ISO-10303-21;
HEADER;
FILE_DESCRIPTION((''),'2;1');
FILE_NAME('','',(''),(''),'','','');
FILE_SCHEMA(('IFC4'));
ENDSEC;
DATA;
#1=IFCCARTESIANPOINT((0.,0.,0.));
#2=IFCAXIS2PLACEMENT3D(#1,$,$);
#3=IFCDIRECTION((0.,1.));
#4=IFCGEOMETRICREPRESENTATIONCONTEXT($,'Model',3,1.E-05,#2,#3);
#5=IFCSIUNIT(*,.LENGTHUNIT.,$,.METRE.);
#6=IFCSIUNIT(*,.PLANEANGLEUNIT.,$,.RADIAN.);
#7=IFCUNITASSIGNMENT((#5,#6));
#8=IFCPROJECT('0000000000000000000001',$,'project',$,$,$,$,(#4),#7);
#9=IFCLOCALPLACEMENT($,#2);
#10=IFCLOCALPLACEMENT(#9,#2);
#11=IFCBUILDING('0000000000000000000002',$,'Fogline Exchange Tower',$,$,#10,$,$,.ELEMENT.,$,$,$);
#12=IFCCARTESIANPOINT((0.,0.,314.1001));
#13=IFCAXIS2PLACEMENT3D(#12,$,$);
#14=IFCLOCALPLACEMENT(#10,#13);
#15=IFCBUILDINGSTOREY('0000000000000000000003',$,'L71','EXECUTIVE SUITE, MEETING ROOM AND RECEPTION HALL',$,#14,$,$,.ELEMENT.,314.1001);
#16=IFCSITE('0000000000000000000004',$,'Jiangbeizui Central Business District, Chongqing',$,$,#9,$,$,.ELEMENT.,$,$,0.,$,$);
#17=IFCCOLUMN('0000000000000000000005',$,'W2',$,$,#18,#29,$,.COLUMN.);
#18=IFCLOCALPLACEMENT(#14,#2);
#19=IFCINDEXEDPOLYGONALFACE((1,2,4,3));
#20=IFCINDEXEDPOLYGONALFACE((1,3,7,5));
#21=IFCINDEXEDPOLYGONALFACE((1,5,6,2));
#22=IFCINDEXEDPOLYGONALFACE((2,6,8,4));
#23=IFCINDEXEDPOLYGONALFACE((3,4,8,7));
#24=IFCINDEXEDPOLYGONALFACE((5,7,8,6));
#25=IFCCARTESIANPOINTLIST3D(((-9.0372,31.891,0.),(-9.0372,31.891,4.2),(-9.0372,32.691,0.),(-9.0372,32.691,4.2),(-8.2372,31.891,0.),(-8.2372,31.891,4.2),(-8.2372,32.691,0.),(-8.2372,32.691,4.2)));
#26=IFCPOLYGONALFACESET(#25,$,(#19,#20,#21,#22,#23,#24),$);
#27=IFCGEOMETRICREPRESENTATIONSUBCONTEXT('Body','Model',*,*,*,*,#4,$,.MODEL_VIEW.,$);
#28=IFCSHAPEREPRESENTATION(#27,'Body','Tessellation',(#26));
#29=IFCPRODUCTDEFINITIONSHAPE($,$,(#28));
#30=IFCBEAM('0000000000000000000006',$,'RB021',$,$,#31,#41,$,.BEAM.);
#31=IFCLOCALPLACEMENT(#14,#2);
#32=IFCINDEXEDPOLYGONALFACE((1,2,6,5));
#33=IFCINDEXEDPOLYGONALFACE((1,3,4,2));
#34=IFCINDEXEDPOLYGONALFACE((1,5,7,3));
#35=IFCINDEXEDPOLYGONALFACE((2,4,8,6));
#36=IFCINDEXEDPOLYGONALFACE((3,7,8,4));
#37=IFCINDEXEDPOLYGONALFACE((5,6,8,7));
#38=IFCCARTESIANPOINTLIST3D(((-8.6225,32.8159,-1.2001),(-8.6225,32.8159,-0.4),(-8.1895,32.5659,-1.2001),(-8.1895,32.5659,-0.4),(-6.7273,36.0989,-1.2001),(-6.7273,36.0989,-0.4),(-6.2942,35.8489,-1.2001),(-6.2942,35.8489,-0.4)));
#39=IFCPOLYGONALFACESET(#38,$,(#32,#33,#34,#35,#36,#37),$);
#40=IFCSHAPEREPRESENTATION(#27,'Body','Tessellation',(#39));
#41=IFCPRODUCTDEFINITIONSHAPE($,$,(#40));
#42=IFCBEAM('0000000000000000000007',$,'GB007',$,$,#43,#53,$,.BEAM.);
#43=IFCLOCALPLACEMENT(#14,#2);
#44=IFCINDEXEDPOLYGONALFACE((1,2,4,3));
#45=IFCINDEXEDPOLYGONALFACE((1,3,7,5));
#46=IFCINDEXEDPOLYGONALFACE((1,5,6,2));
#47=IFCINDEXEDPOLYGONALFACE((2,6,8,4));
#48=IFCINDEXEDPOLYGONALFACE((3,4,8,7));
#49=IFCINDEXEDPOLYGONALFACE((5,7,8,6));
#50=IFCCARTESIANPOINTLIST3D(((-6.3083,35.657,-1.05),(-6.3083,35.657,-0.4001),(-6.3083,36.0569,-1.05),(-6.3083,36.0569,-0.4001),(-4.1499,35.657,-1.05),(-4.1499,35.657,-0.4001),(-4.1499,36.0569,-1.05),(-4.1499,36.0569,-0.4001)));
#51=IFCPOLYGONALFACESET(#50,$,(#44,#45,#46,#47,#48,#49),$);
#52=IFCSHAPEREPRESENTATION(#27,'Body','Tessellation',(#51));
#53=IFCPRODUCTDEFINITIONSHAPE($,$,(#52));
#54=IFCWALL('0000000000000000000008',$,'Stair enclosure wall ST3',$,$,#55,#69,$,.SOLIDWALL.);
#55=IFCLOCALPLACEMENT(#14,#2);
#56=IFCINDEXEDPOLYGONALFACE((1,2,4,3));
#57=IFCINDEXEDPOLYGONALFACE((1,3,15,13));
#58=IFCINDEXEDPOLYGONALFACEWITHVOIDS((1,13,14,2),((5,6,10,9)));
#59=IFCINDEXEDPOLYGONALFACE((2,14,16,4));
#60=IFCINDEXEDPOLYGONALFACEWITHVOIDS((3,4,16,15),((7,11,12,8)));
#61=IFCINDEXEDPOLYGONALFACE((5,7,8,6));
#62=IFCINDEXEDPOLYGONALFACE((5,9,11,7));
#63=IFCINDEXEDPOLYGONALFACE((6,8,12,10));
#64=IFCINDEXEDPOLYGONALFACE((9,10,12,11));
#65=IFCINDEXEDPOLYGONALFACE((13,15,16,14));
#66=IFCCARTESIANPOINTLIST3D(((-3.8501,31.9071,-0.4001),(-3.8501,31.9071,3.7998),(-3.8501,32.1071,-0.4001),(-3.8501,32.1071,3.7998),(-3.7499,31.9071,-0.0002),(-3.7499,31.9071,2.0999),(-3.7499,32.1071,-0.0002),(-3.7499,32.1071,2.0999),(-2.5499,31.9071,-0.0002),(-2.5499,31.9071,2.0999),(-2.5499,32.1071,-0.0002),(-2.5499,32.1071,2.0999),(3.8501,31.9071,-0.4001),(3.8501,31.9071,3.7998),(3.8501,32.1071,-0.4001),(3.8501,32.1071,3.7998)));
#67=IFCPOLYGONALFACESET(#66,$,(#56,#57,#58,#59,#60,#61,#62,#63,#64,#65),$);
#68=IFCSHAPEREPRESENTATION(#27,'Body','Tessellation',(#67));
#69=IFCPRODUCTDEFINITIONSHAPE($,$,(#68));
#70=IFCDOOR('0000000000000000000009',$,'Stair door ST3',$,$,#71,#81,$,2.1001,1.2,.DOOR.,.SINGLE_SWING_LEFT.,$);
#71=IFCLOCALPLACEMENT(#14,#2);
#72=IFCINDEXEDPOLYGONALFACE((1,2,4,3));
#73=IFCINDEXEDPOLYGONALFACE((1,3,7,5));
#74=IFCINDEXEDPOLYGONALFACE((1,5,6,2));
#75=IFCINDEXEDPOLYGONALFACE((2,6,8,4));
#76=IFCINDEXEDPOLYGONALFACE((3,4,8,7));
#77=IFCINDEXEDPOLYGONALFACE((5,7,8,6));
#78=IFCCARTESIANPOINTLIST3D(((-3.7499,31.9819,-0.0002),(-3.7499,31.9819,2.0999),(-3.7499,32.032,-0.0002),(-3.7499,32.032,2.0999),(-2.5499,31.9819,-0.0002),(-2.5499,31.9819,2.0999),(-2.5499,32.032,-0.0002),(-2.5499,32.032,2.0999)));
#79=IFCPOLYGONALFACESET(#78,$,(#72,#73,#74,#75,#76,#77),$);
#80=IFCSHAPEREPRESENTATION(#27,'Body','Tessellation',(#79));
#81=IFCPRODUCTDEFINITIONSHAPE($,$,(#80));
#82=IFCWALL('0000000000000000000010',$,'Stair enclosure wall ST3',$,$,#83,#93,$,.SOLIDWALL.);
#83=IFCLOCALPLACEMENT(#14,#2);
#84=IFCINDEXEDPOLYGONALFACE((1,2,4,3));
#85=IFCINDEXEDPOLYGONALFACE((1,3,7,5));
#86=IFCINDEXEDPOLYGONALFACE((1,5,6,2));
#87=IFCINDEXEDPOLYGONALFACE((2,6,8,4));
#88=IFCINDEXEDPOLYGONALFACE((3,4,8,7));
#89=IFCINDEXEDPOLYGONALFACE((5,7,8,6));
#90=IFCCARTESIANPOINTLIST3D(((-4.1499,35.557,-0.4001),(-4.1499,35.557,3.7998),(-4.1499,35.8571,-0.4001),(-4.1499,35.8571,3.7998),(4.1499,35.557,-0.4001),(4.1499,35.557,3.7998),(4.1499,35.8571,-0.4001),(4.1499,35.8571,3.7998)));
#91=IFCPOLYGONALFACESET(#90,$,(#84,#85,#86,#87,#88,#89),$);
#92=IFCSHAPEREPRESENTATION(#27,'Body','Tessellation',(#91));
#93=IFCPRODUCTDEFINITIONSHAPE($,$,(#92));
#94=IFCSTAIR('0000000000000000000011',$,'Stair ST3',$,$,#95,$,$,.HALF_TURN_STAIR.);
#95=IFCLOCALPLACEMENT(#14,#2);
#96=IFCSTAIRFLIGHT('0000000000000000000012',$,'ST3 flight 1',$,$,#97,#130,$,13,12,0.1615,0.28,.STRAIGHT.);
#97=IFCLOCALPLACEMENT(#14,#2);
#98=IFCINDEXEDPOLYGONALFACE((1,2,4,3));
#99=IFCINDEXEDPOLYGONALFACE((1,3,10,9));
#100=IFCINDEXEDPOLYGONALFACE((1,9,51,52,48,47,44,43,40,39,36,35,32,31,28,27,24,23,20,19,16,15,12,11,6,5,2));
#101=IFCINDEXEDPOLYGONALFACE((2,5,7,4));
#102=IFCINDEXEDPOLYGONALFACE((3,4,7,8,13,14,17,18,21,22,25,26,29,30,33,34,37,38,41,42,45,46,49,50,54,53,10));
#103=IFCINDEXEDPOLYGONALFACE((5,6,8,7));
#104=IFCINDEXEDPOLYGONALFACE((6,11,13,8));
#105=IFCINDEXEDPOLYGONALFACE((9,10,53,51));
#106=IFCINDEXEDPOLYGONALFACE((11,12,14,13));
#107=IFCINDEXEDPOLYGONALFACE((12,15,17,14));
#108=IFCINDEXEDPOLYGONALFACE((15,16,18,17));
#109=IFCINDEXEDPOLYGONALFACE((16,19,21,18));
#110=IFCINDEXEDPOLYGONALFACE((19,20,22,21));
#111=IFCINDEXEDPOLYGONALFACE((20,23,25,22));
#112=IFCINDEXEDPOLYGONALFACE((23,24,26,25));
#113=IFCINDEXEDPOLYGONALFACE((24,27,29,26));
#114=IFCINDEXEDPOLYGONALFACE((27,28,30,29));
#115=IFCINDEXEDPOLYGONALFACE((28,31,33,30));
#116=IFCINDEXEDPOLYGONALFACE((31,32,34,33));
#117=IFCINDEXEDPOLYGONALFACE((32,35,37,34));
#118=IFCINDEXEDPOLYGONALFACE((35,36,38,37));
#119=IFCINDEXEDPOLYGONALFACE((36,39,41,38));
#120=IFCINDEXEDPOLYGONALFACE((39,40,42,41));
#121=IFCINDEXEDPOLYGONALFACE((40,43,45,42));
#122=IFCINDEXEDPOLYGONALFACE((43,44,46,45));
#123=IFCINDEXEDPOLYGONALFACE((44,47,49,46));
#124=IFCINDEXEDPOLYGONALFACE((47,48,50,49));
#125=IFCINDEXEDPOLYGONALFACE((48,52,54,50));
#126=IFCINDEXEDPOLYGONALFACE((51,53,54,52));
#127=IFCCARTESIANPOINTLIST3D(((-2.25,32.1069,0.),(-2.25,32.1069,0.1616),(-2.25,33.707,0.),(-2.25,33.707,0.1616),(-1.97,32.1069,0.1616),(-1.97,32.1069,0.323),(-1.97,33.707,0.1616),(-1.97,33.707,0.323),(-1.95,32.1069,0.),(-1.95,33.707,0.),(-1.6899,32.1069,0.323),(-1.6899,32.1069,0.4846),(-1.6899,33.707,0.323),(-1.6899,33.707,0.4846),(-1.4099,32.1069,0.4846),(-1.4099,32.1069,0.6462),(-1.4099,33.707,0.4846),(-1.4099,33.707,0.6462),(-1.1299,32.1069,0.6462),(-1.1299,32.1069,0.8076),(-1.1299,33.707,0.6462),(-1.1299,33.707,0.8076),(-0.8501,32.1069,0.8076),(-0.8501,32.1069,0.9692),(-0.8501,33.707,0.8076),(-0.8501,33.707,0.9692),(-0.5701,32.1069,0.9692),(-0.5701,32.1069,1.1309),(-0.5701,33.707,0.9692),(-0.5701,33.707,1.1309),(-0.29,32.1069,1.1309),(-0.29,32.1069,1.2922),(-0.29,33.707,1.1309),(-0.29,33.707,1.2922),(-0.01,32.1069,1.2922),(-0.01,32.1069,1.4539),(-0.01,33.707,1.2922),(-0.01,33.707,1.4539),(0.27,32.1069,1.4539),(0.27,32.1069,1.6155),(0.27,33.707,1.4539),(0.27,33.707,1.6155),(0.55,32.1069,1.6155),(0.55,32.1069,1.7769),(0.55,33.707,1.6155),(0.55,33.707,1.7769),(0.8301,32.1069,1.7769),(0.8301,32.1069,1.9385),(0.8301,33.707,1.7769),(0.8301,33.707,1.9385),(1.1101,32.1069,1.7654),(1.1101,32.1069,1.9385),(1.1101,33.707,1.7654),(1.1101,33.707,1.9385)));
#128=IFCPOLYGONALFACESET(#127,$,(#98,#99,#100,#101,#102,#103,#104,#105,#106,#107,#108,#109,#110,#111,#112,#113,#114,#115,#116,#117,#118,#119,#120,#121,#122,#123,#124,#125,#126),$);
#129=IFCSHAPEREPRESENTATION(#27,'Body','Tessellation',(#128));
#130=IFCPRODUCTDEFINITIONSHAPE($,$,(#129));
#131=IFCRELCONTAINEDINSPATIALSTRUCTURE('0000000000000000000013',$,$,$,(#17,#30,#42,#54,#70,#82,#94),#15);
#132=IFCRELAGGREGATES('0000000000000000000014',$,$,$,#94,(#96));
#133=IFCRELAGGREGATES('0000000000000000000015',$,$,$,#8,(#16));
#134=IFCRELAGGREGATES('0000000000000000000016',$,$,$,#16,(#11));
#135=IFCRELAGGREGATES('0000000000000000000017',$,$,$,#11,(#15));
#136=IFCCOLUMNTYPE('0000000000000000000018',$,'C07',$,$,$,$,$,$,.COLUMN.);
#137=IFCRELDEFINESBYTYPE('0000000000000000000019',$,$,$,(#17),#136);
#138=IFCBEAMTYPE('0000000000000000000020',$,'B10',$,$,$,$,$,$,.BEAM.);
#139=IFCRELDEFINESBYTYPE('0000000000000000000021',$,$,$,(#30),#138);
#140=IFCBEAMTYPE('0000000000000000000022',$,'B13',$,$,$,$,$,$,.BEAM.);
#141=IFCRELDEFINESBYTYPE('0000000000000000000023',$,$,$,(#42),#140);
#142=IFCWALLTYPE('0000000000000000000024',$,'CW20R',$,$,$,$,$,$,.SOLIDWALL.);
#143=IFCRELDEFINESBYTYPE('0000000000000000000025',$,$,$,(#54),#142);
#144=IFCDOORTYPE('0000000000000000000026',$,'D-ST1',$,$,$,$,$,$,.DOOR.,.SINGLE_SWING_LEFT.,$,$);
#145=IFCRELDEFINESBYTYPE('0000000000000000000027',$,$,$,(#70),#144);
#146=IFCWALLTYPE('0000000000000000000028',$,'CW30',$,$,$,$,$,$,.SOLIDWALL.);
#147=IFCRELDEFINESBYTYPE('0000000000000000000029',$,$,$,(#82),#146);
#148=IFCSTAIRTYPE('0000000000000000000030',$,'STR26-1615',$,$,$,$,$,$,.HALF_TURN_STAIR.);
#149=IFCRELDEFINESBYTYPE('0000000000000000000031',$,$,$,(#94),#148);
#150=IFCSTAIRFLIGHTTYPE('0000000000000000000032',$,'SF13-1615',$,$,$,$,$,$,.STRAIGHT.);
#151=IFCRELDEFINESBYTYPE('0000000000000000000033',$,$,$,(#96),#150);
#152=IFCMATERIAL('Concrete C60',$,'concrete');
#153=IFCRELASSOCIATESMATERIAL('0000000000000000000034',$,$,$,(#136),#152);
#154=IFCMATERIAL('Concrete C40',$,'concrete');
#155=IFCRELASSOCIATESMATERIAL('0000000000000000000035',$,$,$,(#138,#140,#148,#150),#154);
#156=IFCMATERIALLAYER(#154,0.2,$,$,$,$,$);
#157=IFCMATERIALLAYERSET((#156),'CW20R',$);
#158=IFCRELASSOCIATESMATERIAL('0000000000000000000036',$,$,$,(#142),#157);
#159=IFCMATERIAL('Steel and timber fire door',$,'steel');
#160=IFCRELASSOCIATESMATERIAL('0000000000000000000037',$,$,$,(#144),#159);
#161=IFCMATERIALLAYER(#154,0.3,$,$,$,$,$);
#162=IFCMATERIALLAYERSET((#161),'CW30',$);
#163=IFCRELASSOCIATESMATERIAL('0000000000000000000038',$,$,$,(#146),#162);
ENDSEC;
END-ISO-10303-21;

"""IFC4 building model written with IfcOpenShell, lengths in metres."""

from ifc_helpers import new_model, si_unit, direction, frame, frame_2d, origin, origin_2d, place, context, subcontext, project, spatial, polyline, rectangle, outline, extrude, material, layer, layer_set, material_profile, profile_set, type_object, element, fill, aggregate, save


model = new_model("IFC4")

# Units and contexts
model_context = context("Model", 3, precision=1e-05, world=origin(), true_north=direction((0.0, 1.0)))
body_context = subcontext(model_context, "Body", "Model", "MODEL_VIEW")
ifc_project = project(units=[si_unit("LENGTHUNIT", "METRE"), si_unit("PLANEANGLEUNIT", "RADIAN")], contexts=[model_context])

# Site, building, storey
site_placement = place(None, origin())
site = spatial("IfcSite", under=ifc_project, at=site_placement, Name="Jiangbeizui Central Business District, Chongqing", CompositionType="ELEMENT", RefElevation=0.0)
building_placement = place(site_placement, origin())
building = spatial("IfcBuilding", under=site, at=building_placement, Name="Fogline Exchange Tower", CompositionType="ELEMENT")
storey_placement = place(building_placement, frame((0.0, 0.0, 314.1001)))
storey = spatial("IfcBuildingStorey", under=building, at=storey_placement, Name="L71", Description="EXECUTIVE SUITE, MEETING ROOM AND RECEPTION HALL", CompositionType="ELEMENT", Elevation=314.1001)

# Column
ifc_material_1 = material(Name="Concrete C60", Category="concrete")
ifc_material_profile_1 = material_profile(ifc_material_1, rectangle(XDim=0.8, YDim=0.8, at=origin_2d()), Name="RC 800x800")
ifc_profile_set_1 = profile_set([ifc_material_profile_1], Name="Concrete C60")
column_type = type_object("IfcColumnType", Name="C07", PredefinedType="COLUMN", material=ifc_profile_set_1)
column_placement = place(storey_placement, frame((-8.6372, 32.291, 0.0), z_axis=(0.0, 0.0, 1.0), x_axis=(1.0, 0.0, 0.0)))
element("IfcColumn", 1, at=column_placement, inside=storey, type_object=column_type, Name="W2", PredefinedType="COLUMN", context=body_context, shape_type="SweptSolid", body=[
    extrude(rectangle(XDim=0.8, YDim=0.8, at=origin_2d()), origin(), (0.0, 0.0, 1.0), 4.2),
])

# Beams
ifc_material_2 = material(Name="Concrete C40", Category="concrete")
ifc_material_profile_2 = material_profile(ifc_material_2, rectangle(XDim=0.5, YDim=0.8, at=origin_2d()), Name="RC 500x800")
ifc_profile_set_2 = profile_set([ifc_material_profile_2], Name="Concrete C40")
beam_type_1 = type_object("IfcBeamType", Name="B10", PredefinedType="BEAM", material=ifc_profile_set_2)
beam_1_placement = place(storey_placement, frame((-6.5107, 35.9739, -0.8), z_axis=(-0.49997, -0.866043, 0.0), x_axis=(0.866043, -0.49997, 0.0)))
element("IfcBeam", 2, at=beam_1_placement, inside=storey, type_object=beam_type_1, Name="RB021", PredefinedType="BEAM", context=body_context, shape_type="SweptSolid", body=[
    extrude(rectangle(XDim=0.5, YDim=0.8, at=origin_2d()), origin(), (0.0, 0.0, 1.0), 3.7908),
])
ifc_material_profile_3 = material_profile(ifc_material_2, rectangle(XDim=0.3999, YDim=0.6499, at=origin_2d()), Name="RC 400x650")
ifc_profile_set_3 = profile_set([ifc_material_profile_3], Name="Concrete C40")
beam_type_2 = type_object("IfcBeamType", Name="B13", PredefinedType="BEAM", material=ifc_profile_set_3)
beam_2_placement = place(storey_placement, frame((-6.3083, 35.8569, -0.7251), z_axis=(1.0, 0.0, 0.0), x_axis=(0.0, 1.0, 0.0)))
element("IfcBeam", 3, at=beam_2_placement, inside=storey, type_object=beam_type_2, Name="GB007", PredefinedType="BEAM", context=body_context, shape_type="SweptSolid", body=[
    extrude(rectangle(XDim=0.3999, YDim=0.6499, at=origin_2d()), origin(), (0.0, 0.0, 1.0), 2.1584),
])

# Wall, opening, door
ifc_layer_1 = layer(ifc_material_2, 0.2)
ifc_layer_set_1 = layer_set([ifc_layer_1], Name="CW20R")
wall_type_1 = type_object("IfcWallType", Name="CW20R", PredefinedType="SOLIDWALL", material=ifc_layer_set_1)
wall_1_placement = place(storey_placement, frame((-3.8501, 32.0071, -0.4001), z_axis=(0.0, 0.0, 1.0), x_axis=(1.0, 0.0, 0.0)))
wall_1 = element("IfcWall", 4, at=wall_1_placement, inside=storey, type_object=wall_type_1, Name="Stair enclosure wall ST3", PredefinedType="SOLIDWALL", context=body_context, shape_type="SweptSolid", body=[
    extrude(rectangle(XDim=7.7002, YDim=0.2, at=frame_2d((3.8501, 0.0))), origin(), (0.0, 0.0, 1.0), 4.2),
])
opening_placement = place(wall_1_placement, frame((0.1001, 0.0, 0.3999)))
opening = element("IfcOpeningElement", 5, at=opening_placement, cuts=wall_1, PredefinedType="OPENING", context=body_context, shape_type="SweptSolid", body=[
    extrude(rectangle(XDim=1.2, YDim=2.1001, at=frame_2d((0.6001, 1.05))), frame((0.0, 0.1099, 0.0), z_axis=(0.0, -1.0, 0.0), x_axis=(1.0, 0.0, 0.0)), (0.0, 0.0, 1.0), 0.22),
])
ifc_material_3 = material(Name="Steel and timber fire door", Category="steel")
door_type = type_object("IfcDoorType", Name="D-ST1", OperationType="SINGLE_SWING_LEFT", PredefinedType="DOOR", material=ifc_material_3)
door_placement = place(opening_placement, origin())
door = element("IfcDoor", 6, at=door_placement, inside=storey, type_object=door_type, Name="Stair door ST3", OperationType="SINGLE_SWING_LEFT", OverallHeight=2.1001, OverallWidth=1.2, PredefinedType="DOOR", context=body_context, shape_type="SweptSolid", body=[
    extrude(rectangle(XDim=1.2, YDim=2.1001, at=frame_2d((0.6001, 1.05))), frame((0.0, 0.0249, 0.0), z_axis=(0.0, -1.0, 0.0), x_axis=(1.0, 0.0, 0.0)), (0.0, 0.0, 1.0), 0.05),
])
fill(opening, door)

# Wall
ifc_layer_2 = layer(ifc_material_2, 0.3)
ifc_layer_set_2 = layer_set([ifc_layer_2], Name="CW30")
wall_type_2 = type_object("IfcWallType", Name="CW30", PredefinedType="SOLIDWALL", material=ifc_layer_set_2)
wall_2_placement = place(storey_placement, frame((-4.1499, 35.707, -0.4001), z_axis=(0.0, 0.0, 1.0), x_axis=(1.0, 0.0, 0.0)))
element("IfcWall", 7, at=wall_2_placement, inside=storey, type_object=wall_type_2, Name="Stair enclosure wall ST3", PredefinedType="SOLIDWALL", context=body_context, shape_type="SweptSolid", body=[
    extrude(rectangle(XDim=8.2998, YDim=0.3, at=frame_2d((4.1499, 0.0))), origin(), (0.0, 0.0, 1.0), 4.2),
])

# Stair, stair flight
stair_type = type_object("IfcStairType", Name="STR26-1615", PredefinedType="HALF_TURN_STAIR", material=ifc_material_2)
stair_placement = place(storey_placement, origin())
stair = element("IfcStair", 8, at=stair_placement, inside=storey, type_object=stair_type, Name="Stair ST3", PredefinedType="HALF_TURN_STAIR")
stair_flight_type = type_object("IfcStairFlightType", Name="SF13-1615", PredefinedType="STRAIGHT", material=ifc_material_2)
stair_flight_placement = place(storey_placement, frame((-2.25, 32.907, 0.0), z_axis=(0.0, 0.0, 1.0), x_axis=(1.0, 0.0, 0.0)))
stair_flight = element("IfcStairFlight", 9, at=stair_flight_placement, type_object=stair_flight_type, Name="ST3 flight 1", NumberOfRisers=13, NumberOfTreads=12, PredefinedType="STRAIGHT", RiserHeight=0.1615, TreadLength=0.28, context=body_context, shape_type="SweptSolid", body=[
    extrude(outline(polyline([(0.0, 0.0), (0.0, 0.1616), (0.28, 0.1616), (0.28, 0.323), (0.5601, 0.323), (0.5601, 0.4846), (0.8401, 0.4846), (0.8401, 0.6462), (1.1201, 0.6462), (1.1201, 0.8076), (1.3999, 0.8076), (1.3999, 0.9692), (1.6799, 0.9692), (1.6799, 1.1309), (1.96, 1.1309), (1.96, 1.2922), (2.24, 1.2922), (2.24, 1.4539), (2.52, 1.4539), (2.52, 1.6155), (2.8, 1.6155), (2.8, 1.7769), (3.0801, 1.7769), (3.0801, 1.9385), (3.3601, 1.9385), (3.3601, 2.1001), (3.3601, 1.7654), (0.3, 0.0), (0.0, 0.0)])), frame((0.0, 0.8, 0.0), z_axis=(0.0, -1.0, 0.0), x_axis=(1.0, 0.0, 0.0)), (0.0, 0.0, 1.0), 1.6001),
])
aggregate(stair, [stair_flight])

save(model, "model.ifc")
